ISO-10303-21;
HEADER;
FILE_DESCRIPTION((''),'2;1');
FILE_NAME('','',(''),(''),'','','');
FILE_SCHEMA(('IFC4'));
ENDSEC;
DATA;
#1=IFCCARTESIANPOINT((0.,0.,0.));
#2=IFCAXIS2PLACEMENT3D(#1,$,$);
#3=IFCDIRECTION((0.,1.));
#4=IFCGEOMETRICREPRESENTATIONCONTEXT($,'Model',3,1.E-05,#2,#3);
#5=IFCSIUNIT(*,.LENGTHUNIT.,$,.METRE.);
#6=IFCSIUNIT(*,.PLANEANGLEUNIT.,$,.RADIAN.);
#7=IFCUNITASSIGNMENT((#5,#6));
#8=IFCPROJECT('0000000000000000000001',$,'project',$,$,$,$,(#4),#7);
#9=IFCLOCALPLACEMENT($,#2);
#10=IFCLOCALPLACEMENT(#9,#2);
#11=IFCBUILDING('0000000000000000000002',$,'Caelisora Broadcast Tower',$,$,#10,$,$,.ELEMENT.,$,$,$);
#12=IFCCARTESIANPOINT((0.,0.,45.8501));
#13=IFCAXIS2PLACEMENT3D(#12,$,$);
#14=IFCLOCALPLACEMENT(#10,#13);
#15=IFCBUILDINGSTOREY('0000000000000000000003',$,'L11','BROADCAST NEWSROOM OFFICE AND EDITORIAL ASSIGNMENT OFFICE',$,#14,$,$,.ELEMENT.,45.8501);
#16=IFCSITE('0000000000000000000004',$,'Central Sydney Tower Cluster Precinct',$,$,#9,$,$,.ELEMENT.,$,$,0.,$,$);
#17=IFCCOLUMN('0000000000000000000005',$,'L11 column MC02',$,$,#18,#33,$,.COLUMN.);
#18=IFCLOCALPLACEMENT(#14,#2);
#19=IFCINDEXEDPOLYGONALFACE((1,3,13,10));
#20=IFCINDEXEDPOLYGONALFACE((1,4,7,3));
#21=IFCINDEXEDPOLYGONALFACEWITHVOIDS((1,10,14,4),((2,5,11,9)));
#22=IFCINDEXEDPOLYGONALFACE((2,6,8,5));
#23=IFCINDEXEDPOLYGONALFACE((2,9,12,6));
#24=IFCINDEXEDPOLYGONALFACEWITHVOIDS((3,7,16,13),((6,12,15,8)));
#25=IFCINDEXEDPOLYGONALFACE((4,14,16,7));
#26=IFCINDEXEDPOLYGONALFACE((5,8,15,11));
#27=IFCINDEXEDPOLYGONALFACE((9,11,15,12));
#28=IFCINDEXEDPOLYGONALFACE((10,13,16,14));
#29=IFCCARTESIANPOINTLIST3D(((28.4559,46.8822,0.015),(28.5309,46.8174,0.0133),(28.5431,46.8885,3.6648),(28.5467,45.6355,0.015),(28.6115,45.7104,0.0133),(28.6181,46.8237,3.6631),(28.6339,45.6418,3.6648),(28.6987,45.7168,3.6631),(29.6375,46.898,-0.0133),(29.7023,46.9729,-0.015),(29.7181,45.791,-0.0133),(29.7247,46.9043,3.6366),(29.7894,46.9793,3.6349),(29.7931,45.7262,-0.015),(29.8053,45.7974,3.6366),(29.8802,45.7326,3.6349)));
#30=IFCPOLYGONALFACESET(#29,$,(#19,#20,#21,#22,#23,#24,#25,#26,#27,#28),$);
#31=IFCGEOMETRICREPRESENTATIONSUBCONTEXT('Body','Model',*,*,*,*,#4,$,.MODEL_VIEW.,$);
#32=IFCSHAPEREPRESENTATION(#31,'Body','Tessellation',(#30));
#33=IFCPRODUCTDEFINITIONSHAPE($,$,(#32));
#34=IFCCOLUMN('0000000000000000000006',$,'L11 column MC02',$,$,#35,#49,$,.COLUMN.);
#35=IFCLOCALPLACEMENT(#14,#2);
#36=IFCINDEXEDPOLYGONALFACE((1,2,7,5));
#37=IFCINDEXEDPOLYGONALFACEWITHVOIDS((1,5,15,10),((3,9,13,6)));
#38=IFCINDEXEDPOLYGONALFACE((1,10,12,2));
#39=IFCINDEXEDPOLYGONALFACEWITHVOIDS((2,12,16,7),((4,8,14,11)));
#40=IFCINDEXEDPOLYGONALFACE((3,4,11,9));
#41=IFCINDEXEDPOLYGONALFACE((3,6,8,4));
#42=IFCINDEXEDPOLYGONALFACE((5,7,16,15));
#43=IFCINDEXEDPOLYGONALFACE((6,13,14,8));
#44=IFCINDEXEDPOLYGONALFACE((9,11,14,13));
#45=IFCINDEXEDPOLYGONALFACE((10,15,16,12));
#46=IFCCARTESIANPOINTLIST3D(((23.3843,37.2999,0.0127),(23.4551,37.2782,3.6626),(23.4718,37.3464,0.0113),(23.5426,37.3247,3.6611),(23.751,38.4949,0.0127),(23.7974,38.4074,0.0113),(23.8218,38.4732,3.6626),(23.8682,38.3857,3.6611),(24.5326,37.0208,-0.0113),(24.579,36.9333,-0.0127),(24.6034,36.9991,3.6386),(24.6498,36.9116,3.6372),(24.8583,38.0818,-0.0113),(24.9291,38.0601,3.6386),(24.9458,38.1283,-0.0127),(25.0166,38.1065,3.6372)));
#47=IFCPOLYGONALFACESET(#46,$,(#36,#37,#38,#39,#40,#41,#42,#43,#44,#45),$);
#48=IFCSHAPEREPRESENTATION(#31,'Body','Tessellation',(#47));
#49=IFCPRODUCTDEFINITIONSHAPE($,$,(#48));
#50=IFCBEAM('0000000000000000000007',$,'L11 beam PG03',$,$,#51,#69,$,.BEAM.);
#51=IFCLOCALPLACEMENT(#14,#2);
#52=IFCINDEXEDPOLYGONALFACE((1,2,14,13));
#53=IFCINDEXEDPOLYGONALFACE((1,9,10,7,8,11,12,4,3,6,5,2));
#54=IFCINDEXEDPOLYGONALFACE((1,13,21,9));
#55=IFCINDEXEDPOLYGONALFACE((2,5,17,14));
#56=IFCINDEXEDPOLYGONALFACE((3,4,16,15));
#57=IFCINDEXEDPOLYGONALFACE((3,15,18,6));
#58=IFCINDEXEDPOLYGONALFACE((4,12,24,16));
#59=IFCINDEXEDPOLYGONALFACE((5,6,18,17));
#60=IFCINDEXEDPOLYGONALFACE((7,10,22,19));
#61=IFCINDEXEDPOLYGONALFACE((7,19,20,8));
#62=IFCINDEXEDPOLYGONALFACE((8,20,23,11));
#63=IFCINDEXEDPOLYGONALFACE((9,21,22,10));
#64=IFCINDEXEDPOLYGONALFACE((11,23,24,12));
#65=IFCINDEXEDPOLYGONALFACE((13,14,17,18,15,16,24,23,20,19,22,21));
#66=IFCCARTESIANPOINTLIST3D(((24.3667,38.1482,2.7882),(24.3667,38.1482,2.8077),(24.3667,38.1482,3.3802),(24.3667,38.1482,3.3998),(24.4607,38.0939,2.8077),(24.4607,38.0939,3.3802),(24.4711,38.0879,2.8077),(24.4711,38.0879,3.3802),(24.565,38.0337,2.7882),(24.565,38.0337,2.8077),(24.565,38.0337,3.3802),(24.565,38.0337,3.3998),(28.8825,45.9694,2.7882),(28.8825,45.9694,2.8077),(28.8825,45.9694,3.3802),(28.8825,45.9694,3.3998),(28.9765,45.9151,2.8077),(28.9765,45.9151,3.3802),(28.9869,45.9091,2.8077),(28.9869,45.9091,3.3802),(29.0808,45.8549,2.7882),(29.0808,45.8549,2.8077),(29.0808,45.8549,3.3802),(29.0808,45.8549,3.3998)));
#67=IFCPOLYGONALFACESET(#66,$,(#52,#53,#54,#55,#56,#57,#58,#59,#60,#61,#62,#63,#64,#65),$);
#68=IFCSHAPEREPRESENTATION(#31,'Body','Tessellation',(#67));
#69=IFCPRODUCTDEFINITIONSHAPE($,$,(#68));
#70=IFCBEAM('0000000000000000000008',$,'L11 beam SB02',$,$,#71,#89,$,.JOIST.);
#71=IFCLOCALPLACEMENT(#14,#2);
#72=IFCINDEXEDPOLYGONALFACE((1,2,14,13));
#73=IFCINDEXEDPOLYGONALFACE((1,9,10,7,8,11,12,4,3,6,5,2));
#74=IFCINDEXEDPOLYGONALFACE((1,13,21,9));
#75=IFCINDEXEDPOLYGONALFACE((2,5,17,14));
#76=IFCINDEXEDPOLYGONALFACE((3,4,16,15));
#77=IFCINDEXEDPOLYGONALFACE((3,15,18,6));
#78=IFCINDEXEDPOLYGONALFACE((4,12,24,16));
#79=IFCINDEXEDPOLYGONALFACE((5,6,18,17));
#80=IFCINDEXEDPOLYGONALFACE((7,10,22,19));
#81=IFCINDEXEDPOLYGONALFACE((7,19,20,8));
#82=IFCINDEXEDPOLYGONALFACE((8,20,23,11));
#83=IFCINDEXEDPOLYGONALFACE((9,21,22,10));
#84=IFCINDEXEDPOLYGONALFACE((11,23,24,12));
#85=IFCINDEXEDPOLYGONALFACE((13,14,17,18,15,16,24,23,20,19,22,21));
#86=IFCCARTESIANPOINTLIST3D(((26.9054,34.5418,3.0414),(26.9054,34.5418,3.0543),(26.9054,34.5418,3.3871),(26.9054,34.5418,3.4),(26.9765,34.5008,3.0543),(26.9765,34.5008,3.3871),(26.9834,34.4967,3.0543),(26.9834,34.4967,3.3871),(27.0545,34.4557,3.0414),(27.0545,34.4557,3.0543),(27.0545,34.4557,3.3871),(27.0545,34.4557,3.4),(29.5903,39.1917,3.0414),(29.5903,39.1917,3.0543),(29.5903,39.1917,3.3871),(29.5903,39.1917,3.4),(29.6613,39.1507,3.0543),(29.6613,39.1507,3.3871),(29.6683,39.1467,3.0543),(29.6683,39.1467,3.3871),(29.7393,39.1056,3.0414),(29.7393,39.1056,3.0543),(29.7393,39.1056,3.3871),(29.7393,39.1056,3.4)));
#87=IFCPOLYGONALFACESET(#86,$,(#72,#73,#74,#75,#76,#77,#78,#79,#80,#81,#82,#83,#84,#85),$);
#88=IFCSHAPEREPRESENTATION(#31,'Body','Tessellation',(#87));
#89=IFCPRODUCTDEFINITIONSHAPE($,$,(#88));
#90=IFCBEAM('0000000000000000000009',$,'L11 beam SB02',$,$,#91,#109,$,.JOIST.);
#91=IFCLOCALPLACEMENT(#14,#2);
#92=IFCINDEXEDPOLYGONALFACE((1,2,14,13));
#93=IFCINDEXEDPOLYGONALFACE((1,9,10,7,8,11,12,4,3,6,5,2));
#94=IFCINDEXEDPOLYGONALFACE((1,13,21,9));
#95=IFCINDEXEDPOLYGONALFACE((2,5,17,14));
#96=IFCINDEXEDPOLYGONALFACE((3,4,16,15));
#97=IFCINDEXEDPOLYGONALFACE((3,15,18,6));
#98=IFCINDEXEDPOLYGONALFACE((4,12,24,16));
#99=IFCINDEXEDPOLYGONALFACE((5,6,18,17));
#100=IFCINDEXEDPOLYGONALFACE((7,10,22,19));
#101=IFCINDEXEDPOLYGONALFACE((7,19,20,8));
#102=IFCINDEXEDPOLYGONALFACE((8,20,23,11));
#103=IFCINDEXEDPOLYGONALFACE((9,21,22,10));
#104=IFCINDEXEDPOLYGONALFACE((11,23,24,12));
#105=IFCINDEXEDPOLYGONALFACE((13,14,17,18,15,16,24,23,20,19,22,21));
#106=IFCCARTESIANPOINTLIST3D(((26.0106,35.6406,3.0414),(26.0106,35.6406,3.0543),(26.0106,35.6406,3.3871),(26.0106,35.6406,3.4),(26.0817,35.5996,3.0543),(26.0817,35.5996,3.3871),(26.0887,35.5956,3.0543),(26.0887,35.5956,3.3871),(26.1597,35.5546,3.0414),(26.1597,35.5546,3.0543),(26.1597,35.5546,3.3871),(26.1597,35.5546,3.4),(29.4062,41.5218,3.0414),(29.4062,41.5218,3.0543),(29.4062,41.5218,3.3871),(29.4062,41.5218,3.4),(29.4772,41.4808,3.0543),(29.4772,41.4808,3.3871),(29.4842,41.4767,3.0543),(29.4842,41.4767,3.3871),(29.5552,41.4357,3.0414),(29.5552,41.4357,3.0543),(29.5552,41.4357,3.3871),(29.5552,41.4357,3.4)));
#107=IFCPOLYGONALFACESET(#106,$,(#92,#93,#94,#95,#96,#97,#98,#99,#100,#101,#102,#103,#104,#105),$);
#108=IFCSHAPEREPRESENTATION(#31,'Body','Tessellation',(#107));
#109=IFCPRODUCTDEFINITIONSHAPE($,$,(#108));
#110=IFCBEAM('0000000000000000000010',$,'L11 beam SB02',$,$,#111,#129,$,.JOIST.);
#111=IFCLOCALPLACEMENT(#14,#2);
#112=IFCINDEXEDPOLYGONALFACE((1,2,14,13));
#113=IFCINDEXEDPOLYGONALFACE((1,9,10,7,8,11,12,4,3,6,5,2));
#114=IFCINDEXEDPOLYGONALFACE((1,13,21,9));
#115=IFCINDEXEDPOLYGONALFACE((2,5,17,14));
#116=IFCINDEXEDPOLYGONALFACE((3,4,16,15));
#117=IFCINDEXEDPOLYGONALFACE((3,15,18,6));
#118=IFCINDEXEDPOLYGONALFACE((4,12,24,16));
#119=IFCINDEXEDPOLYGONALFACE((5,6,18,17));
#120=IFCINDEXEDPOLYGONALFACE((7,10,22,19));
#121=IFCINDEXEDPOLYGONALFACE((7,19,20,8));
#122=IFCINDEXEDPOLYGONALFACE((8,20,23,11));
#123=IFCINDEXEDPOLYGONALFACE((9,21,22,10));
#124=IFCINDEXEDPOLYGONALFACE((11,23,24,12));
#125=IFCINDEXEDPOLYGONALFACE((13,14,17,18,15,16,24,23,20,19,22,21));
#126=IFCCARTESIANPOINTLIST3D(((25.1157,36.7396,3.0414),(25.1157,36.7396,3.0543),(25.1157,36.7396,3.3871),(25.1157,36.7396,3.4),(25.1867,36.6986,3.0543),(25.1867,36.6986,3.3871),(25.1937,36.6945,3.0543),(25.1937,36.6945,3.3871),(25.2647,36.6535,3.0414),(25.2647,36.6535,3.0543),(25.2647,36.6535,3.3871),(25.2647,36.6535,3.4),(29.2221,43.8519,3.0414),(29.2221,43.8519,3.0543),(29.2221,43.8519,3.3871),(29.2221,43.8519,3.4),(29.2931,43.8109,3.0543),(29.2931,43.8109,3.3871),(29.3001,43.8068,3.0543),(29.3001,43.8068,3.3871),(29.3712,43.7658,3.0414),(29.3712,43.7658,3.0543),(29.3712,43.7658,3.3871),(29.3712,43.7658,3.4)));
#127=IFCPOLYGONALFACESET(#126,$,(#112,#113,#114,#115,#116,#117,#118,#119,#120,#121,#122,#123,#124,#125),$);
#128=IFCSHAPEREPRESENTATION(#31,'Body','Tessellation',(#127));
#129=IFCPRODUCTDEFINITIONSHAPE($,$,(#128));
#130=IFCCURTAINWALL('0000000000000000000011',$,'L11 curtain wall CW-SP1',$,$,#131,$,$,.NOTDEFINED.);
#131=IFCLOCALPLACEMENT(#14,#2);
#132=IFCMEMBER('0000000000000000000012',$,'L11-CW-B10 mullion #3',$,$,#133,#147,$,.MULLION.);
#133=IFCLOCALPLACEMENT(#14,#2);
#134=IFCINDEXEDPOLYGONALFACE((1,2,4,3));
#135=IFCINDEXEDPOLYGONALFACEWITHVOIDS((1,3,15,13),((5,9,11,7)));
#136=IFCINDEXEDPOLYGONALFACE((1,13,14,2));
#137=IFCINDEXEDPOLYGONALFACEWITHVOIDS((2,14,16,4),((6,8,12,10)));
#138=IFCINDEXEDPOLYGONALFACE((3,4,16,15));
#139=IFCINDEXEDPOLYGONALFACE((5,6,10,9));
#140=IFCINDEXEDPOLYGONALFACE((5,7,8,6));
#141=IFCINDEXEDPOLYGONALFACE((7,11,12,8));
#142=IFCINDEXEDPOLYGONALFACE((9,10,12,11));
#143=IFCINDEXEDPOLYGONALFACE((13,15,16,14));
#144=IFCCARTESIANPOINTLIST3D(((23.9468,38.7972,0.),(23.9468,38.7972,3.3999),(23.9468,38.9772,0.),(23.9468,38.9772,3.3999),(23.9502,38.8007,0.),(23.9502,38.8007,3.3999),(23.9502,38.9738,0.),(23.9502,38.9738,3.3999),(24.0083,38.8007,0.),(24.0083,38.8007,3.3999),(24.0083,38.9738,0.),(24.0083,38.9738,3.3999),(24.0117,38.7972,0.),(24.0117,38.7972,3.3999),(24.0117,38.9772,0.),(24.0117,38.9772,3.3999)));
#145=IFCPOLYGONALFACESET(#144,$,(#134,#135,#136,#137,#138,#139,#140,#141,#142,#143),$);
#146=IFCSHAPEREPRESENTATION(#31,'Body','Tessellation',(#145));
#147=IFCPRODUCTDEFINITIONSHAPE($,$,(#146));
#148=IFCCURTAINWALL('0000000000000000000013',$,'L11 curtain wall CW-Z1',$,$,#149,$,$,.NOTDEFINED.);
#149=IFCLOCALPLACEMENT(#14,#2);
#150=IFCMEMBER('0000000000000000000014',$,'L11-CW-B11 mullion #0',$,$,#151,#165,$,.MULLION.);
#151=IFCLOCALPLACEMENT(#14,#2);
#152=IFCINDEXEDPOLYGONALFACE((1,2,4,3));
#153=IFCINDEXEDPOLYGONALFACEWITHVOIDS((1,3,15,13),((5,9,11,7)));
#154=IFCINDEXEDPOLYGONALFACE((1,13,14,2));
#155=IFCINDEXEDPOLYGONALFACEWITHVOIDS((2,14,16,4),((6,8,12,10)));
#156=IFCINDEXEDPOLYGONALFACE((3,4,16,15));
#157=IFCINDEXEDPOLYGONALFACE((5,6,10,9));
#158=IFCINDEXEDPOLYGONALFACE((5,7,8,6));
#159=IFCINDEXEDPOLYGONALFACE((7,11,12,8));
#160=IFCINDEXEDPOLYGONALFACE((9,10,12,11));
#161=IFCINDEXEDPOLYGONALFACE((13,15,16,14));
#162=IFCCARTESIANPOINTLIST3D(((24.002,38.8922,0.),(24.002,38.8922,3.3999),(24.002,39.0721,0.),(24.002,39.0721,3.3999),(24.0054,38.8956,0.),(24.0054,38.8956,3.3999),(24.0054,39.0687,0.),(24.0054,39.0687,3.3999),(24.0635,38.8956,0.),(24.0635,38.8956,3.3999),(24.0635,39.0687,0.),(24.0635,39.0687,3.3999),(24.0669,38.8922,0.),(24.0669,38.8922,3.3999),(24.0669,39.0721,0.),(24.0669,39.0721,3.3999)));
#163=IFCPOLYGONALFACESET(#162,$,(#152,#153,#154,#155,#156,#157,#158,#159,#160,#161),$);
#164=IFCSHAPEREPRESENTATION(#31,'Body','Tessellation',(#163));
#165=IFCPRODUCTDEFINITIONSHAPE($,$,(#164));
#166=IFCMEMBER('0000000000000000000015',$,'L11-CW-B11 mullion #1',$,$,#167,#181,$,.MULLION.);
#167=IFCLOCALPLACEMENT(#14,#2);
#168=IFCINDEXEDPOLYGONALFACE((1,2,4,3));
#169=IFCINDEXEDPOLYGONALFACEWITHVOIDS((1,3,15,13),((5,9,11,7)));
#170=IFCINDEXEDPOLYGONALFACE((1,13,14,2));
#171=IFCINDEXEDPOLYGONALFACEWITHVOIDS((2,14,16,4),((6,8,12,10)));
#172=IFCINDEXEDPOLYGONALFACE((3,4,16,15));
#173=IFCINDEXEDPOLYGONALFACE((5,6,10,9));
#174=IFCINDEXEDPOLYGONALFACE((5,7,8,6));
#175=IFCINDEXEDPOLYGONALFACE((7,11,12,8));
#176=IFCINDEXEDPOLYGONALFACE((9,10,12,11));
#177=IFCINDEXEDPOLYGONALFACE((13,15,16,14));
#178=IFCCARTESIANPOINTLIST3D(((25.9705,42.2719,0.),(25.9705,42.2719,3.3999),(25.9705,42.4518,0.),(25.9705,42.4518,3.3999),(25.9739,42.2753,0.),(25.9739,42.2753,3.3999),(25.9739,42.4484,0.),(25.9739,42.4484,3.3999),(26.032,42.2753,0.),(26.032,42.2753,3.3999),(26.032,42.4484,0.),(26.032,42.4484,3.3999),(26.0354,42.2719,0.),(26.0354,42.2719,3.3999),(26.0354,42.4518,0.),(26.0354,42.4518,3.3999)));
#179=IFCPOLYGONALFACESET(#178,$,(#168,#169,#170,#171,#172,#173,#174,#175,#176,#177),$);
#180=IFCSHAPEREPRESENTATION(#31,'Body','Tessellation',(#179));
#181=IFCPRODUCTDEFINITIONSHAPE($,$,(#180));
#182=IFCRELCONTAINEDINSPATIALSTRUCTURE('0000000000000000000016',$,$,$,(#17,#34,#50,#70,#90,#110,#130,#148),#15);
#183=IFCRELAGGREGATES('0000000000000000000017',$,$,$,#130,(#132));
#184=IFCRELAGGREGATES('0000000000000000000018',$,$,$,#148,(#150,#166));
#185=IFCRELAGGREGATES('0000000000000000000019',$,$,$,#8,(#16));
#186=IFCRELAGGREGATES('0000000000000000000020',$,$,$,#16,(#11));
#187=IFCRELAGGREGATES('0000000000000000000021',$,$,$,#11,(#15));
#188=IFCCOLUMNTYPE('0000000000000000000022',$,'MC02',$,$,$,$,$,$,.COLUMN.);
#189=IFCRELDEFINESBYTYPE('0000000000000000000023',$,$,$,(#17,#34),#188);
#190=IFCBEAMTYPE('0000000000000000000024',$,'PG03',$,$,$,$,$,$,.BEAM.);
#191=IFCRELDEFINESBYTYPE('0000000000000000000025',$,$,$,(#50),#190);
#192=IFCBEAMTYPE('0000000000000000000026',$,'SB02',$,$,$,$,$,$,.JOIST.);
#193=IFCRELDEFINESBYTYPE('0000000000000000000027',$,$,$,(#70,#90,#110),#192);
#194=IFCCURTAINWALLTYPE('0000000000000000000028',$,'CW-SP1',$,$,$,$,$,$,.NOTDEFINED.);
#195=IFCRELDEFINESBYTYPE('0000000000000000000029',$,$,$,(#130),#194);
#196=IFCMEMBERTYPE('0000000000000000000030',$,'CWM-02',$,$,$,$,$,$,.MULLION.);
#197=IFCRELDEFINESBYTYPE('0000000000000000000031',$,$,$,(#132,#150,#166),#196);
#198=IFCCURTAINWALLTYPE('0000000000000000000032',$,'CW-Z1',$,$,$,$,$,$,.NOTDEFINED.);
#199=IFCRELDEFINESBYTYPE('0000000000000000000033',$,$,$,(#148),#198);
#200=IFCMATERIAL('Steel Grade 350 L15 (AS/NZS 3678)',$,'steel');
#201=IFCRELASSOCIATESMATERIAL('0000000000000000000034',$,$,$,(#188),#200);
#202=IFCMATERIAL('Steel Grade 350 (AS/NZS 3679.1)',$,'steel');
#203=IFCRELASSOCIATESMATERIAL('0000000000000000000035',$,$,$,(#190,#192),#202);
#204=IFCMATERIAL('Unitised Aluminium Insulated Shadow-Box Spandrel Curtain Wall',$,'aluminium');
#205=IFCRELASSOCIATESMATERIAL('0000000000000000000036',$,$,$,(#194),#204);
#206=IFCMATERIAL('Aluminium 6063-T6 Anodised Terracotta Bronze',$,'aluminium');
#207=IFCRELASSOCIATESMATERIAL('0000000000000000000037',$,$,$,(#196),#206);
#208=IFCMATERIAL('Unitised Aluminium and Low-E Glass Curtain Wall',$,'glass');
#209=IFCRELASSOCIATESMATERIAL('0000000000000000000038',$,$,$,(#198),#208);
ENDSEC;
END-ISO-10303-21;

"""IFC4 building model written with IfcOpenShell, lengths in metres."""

from ifc_helpers import new_model, si_unit, direction, frame, origin, origin_2d, place, context, subcontext, project, spatial, hollow_rectangle, i_section, extrude, source, transform, mapped, material, material_profile, profile_set, type_object, type_shapes, element, aggregate, save


model = new_model("IFC4")

# Units and contexts
model_context = context("Model", 3, precision=1e-05, world=origin(), true_north=direction((0.0, 1.0)))
body_context = subcontext(model_context, "Body", "Model", "MODEL_VIEW")
ifc_project = project(units=[si_unit("LENGTHUNIT", "METRE"), si_unit("PLANEANGLEUNIT", "RADIAN")], contexts=[model_context])

# Site, building, storey
site_placement = place(None, origin())
site = spatial("IfcSite", under=ifc_project, at=site_placement, Name="Central Sydney Tower Cluster Precinct", CompositionType="ELEMENT", RefElevation=0.0)
building_placement = place(site_placement, origin())
building = spatial("IfcBuilding", under=site, at=building_placement, Name="Caelisora Broadcast Tower", CompositionType="ELEMENT")
storey_placement = place(building_placement, frame((0.0, 0.0, 45.8501)))
storey = spatial("IfcBuildingStorey", under=building, at=storey_placement, Name="L11", Description="BROADCAST NEWSROOM OFFICE AND EDITORIAL ASSIGNMENT OFFICE", CompositionType="ELEMENT", Elevation=45.8501)

# Columns
ifc_material_1 = material(Name="Steel Grade 350 L15 (AS/NZS 3678)", Category="steel")
ifc_material_profile_1 = material_profile(ifc_material_1, hollow_rectangle(XDim=1.25, YDim=1.25, WallThickness=0.0701, at=origin_2d()), Name="Steel Grade 350 L15 (AS/NZS 3678)")
ifc_profile_set_1 = profile_set([ifc_material_profile_1], Name="Steel Grade 350 L15 (AS/NZS 3678)")
column_type = type_object("IfcColumnType", Name="MC02", PredefinedType="COLUMN", material=ifc_profile_set_1)
shared_shape_1 = source(origin(), body_context, "Body", "SweptSolid", [
    extrude(hollow_rectangle(XDim=1.25, YDim=1.25, WallThickness=0.0701, at=origin_2d()), origin(), (0.0, 0.0, 1.0), 3.6509),
])
column_1_placement = place(storey_placement, frame((29.1245, 46.3042, 0.0), z_axis=(0.023873, 0.001739, 0.999713), x_axis=(-0.072637, 0.997358, 0.0)))
element("IfcColumn", 1, at=column_1_placement, inside=storey, type_object=column_type, Name="L11 column MC02", PredefinedType="COLUMN", context=body_context, shape_type="MappedRepresentation", body=[
    mapped(shared_shape_1, transform((0.0, 0.0, 0.0), scale=1.0)),
])
shared_shape_2 = source(origin(), body_context, "Body", "SweptSolid", [
    extrude(hollow_rectangle(XDim=1.25, YDim=1.25, WallThickness=0.0701, at=origin_2d()), origin(), (0.0, 0.0, 1.0), 3.6506),
])
type_shapes(column_type, [shared_shape_1, shared_shape_2])
column_2_placement = place(storey_placement, frame((24.165, 37.7141, 0.0), z_axis=(0.019394, -0.005952, 0.999794), x_axis=(0.293391, 0.955993, 0.0)))
element("IfcColumn", 2, at=column_2_placement, inside=storey, type_object=column_type, Name="L11 column MC02", PredefinedType="COLUMN", context=body_context, shape_type="MappedRepresentation", body=[
    mapped(shared_shape_2, transform((0.0, 0.0, 0.0), scale=1.0)),
])

# Beams
ifc_material_2 = material(Name="Steel Grade 350 (AS/NZS 3679.1)", Category="steel")
ifc_material_profile_2 = material_profile(ifc_material_2, i_section(OverallWidth=0.229, OverallDepth=0.6116, WebThickness=0.012, FlangeThickness=0.0195, at=origin_2d()), Name="Steel Grade 350 (AS/NZS 3679.1)")
ifc_profile_set_2 = profile_set([ifc_material_profile_2], Name="Steel Grade 350 (AS/NZS 3679.1)")
beam_type_1 = type_object("IfcBeamType", Name="PG03", PredefinedType="BEAM", material=ifc_profile_set_2)
shared_shape_3 = source(origin(), body_context, "Body", "SweptSolid", [
    extrude(i_section(OverallWidth=0.229, OverallDepth=0.6116, WebThickness=0.012, FlangeThickness=0.0195, at=origin_2d()), origin(), (0.0, 0.0, 1.0), 9.0312),
])
type_shapes(beam_type_1, [shared_shape_3])
beam_1_placement = place(storey_placement, frame((28.9817, 45.9121, 3.094), z_axis=(-0.50002, -0.866014, 0.0), x_axis=(0.866014, -0.50002, 0.0)))
element("IfcBeam", 3, at=beam_1_placement, inside=storey, type_object=beam_type_1, Name="L11 beam PG03", PredefinedType="BEAM", context=body_context, shape_type="MappedRepresentation", body=[
    mapped(shared_shape_3, transform((0.0, 0.0, 0.0), scale=1.0)),
])
ifc_material_profile_3 = material_profile(ifc_material_2, i_section(OverallWidth=0.1721, OverallDepth=0.3586, WebThickness=0.0081, FlangeThickness=0.0129, at=origin_2d()), Name="Steel Grade 350 (AS/NZS 3679.1)")
ifc_profile_set_3 = profile_set([ifc_material_profile_3], Name="Steel Grade 350 (AS/NZS 3679.1)")
beam_type_2 = type_object("IfcBeamType", Name="SB02", PredefinedType="JOIST", material=ifc_profile_set_3)
shared_shape_4 = source(origin(), body_context, "Body", "SweptSolid", [
    extrude(i_section(OverallWidth=0.1721, OverallDepth=0.3586, WebThickness=0.0081, FlangeThickness=0.0129, at=origin_2d()), origin(), (0.0, 0.0, 1.0), 5.3694),
])
beam_2_placement = place(storey_placement, frame((29.6648, 39.1487, 3.2207), z_axis=(-0.500027, -0.86601, 0.0), x_axis=(0.86601, -0.500027, 0.0)))
element("IfcBeam", 4, at=beam_2_placement, inside=storey, type_object=beam_type_2, Name="L11 beam SB02", PredefinedType="JOIST", context=body_context, shape_type="MappedRepresentation", body=[
    mapped(shared_shape_4, transform((0.0, 0.0, 0.0), scale=1.0)),
])
shared_shape_5 = source(origin(), body_context, "Body", "SweptSolid", [
    extrude(i_section(OverallWidth=0.1721, OverallDepth=0.3586, WebThickness=0.0081, FlangeThickness=0.0129, at=origin_2d()), origin(), (0.0, 0.0, 1.0), 6.791),
])
beam_3_placement = place(storey_placement, frame((29.4807, 41.4788, 3.2207), z_axis=(-0.500006, -0.866022, 0.0), x_axis=(0.866022, -0.500006, 0.0)))
element("IfcBeam", 5, at=beam_3_placement, inside=storey, type_object=beam_type_2, Name="L11 beam SB02", PredefinedType="JOIST", context=body_context, shape_type="MappedRepresentation", body=[
    mapped(shared_shape_5, transform((0.0, 0.0, 0.0), scale=1.0)),
])
shared_shape_6 = source(origin(), body_context, "Body", "SweptSolid", [
    extrude(i_section(OverallWidth=0.1721, OverallDepth=0.3586, WebThickness=0.0081, FlangeThickness=0.0129, at=origin_2d()), origin(), (0.0, 0.0, 1.0), 8.2126),
])
type_shapes(beam_type_2, [shared_shape_4, shared_shape_5, shared_shape_6])
beam_4_placement = place(storey_placement, frame((29.2966, 43.8088, 3.2207), z_axis=(-0.500014, -0.866017, 0.0), x_axis=(0.866017, -0.500014, 0.0)))
element("IfcBeam", 6, at=beam_4_placement, inside=storey, type_object=beam_type_2, Name="L11 beam SB02", PredefinedType="JOIST", context=body_context, shape_type="MappedRepresentation", body=[
    mapped(shared_shape_6, transform((0.0, 0.0, 0.0), scale=1.0)),
])

# Curtain wall, member
ifc_material_3 = material(Name="Unitised Aluminium Insulated Shadow-Box Spandrel Curtain Wall", Category="aluminium")
curtain_wall_type_1 = type_object("IfcCurtainWallType", Name="CW-SP1", PredefinedType="NOTDEFINED", material=ifc_material_3)
curtain_wall_1_placement = place(storey_placement, origin())
curtain_wall_1 = element("IfcCurtainWall", 7, at=curtain_wall_1_placement, inside=storey, type_object=curtain_wall_type_1, Name="L11 curtain wall CW-SP1", PredefinedType="NOTDEFINED")
ifc_material_4 = material(Name="Aluminium 6063-T6 Anodised Terracotta Bronze", Category="aluminium")
ifc_material_profile_4 = material_profile(ifc_material_4, hollow_rectangle(XDim=0.0649, YDim=0.1799, WallThickness=0.0034, at=origin_2d()), Name="Aluminium 6063-T6 Anodised Terracotta Bronze")
ifc_profile_set_4 = profile_set([ifc_material_profile_4], Name="Aluminium 6063-T6 Anodised Terracotta Bronze")
member_type_1 = type_object("IfcMemberType", Name="CWM-02", PredefinedType="MULLION", material=ifc_profile_set_4)
shared_shape_7 = source(origin(), body_context, "Body", "SweptSolid", [
    extrude(hollow_rectangle(XDim=0.0649, YDim=0.1799, WallThickness=0.0034, at=origin_2d()), origin(), (0.0, 0.0, 1.0), 3.3999),
])
type_shapes(member_type_1, [shared_shape_7])
member_1_placement = place(storey_placement, frame((23.9792, 38.8872, 0.0), z_axis=(0.0, 0.0, 1.0), x_axis=(1.0, 0.0, 0.0)))
member_1 = element("IfcMember", 8, at=member_1_placement, type_object=member_type_1, Name="L11-CW-B10 mullion #3", PredefinedType="MULLION", context=body_context, shape_type="MappedRepresentation", body=[
    mapped(shared_shape_7, transform((0.0, 0.0, 0.0), scale=1.0)),
])
aggregate(curtain_wall_1, [member_1])

# Curtain wall, members
ifc_material_5 = material(Name="Unitised Aluminium and Low-E Glass Curtain Wall", Category="glass")
curtain_wall_type_2 = type_object("IfcCurtainWallType", Name="CW-Z1", PredefinedType="NOTDEFINED", material=ifc_material_5)
curtain_wall_2_placement = place(storey_placement, origin())
curtain_wall_2 = element("IfcCurtainWall", 9, at=curtain_wall_2_placement, inside=storey, type_object=curtain_wall_type_2, Name="L11 curtain wall CW-Z1", PredefinedType="NOTDEFINED")
member_2_placement = place(storey_placement, frame((24.0344, 38.9822, 0.0), z_axis=(0.0, 0.0, 1.0), x_axis=(1.0, 0.0, 0.0)))
member_2 = element("IfcMember", 10, at=member_2_placement, type_object=member_type_1, Name="L11-CW-B11 mullion #0", PredefinedType="MULLION", context=body_context, shape_type="MappedRepresentation", body=[
    mapped(shared_shape_7, transform((0.0, 0.0, 0.0), scale=1.0)),
])
member_3_placement = place(storey_placement, frame((26.0029, 42.3618, 0.0), z_axis=(0.0, 0.0, 1.0), x_axis=(1.0, 0.0, 0.0)))
member_3 = element("IfcMember", 11, at=member_3_placement, type_object=member_type_1, Name="L11-CW-B11 mullion #1", PredefinedType="MULLION", context=body_context, shape_type="MappedRepresentation", body=[
    mapped(shared_shape_7, transform((0.0, 0.0, 0.0), scale=1.0)),
])

aggregate(curtain_wall_2, [member_2, member_3])

save(model, "model.ifc")
